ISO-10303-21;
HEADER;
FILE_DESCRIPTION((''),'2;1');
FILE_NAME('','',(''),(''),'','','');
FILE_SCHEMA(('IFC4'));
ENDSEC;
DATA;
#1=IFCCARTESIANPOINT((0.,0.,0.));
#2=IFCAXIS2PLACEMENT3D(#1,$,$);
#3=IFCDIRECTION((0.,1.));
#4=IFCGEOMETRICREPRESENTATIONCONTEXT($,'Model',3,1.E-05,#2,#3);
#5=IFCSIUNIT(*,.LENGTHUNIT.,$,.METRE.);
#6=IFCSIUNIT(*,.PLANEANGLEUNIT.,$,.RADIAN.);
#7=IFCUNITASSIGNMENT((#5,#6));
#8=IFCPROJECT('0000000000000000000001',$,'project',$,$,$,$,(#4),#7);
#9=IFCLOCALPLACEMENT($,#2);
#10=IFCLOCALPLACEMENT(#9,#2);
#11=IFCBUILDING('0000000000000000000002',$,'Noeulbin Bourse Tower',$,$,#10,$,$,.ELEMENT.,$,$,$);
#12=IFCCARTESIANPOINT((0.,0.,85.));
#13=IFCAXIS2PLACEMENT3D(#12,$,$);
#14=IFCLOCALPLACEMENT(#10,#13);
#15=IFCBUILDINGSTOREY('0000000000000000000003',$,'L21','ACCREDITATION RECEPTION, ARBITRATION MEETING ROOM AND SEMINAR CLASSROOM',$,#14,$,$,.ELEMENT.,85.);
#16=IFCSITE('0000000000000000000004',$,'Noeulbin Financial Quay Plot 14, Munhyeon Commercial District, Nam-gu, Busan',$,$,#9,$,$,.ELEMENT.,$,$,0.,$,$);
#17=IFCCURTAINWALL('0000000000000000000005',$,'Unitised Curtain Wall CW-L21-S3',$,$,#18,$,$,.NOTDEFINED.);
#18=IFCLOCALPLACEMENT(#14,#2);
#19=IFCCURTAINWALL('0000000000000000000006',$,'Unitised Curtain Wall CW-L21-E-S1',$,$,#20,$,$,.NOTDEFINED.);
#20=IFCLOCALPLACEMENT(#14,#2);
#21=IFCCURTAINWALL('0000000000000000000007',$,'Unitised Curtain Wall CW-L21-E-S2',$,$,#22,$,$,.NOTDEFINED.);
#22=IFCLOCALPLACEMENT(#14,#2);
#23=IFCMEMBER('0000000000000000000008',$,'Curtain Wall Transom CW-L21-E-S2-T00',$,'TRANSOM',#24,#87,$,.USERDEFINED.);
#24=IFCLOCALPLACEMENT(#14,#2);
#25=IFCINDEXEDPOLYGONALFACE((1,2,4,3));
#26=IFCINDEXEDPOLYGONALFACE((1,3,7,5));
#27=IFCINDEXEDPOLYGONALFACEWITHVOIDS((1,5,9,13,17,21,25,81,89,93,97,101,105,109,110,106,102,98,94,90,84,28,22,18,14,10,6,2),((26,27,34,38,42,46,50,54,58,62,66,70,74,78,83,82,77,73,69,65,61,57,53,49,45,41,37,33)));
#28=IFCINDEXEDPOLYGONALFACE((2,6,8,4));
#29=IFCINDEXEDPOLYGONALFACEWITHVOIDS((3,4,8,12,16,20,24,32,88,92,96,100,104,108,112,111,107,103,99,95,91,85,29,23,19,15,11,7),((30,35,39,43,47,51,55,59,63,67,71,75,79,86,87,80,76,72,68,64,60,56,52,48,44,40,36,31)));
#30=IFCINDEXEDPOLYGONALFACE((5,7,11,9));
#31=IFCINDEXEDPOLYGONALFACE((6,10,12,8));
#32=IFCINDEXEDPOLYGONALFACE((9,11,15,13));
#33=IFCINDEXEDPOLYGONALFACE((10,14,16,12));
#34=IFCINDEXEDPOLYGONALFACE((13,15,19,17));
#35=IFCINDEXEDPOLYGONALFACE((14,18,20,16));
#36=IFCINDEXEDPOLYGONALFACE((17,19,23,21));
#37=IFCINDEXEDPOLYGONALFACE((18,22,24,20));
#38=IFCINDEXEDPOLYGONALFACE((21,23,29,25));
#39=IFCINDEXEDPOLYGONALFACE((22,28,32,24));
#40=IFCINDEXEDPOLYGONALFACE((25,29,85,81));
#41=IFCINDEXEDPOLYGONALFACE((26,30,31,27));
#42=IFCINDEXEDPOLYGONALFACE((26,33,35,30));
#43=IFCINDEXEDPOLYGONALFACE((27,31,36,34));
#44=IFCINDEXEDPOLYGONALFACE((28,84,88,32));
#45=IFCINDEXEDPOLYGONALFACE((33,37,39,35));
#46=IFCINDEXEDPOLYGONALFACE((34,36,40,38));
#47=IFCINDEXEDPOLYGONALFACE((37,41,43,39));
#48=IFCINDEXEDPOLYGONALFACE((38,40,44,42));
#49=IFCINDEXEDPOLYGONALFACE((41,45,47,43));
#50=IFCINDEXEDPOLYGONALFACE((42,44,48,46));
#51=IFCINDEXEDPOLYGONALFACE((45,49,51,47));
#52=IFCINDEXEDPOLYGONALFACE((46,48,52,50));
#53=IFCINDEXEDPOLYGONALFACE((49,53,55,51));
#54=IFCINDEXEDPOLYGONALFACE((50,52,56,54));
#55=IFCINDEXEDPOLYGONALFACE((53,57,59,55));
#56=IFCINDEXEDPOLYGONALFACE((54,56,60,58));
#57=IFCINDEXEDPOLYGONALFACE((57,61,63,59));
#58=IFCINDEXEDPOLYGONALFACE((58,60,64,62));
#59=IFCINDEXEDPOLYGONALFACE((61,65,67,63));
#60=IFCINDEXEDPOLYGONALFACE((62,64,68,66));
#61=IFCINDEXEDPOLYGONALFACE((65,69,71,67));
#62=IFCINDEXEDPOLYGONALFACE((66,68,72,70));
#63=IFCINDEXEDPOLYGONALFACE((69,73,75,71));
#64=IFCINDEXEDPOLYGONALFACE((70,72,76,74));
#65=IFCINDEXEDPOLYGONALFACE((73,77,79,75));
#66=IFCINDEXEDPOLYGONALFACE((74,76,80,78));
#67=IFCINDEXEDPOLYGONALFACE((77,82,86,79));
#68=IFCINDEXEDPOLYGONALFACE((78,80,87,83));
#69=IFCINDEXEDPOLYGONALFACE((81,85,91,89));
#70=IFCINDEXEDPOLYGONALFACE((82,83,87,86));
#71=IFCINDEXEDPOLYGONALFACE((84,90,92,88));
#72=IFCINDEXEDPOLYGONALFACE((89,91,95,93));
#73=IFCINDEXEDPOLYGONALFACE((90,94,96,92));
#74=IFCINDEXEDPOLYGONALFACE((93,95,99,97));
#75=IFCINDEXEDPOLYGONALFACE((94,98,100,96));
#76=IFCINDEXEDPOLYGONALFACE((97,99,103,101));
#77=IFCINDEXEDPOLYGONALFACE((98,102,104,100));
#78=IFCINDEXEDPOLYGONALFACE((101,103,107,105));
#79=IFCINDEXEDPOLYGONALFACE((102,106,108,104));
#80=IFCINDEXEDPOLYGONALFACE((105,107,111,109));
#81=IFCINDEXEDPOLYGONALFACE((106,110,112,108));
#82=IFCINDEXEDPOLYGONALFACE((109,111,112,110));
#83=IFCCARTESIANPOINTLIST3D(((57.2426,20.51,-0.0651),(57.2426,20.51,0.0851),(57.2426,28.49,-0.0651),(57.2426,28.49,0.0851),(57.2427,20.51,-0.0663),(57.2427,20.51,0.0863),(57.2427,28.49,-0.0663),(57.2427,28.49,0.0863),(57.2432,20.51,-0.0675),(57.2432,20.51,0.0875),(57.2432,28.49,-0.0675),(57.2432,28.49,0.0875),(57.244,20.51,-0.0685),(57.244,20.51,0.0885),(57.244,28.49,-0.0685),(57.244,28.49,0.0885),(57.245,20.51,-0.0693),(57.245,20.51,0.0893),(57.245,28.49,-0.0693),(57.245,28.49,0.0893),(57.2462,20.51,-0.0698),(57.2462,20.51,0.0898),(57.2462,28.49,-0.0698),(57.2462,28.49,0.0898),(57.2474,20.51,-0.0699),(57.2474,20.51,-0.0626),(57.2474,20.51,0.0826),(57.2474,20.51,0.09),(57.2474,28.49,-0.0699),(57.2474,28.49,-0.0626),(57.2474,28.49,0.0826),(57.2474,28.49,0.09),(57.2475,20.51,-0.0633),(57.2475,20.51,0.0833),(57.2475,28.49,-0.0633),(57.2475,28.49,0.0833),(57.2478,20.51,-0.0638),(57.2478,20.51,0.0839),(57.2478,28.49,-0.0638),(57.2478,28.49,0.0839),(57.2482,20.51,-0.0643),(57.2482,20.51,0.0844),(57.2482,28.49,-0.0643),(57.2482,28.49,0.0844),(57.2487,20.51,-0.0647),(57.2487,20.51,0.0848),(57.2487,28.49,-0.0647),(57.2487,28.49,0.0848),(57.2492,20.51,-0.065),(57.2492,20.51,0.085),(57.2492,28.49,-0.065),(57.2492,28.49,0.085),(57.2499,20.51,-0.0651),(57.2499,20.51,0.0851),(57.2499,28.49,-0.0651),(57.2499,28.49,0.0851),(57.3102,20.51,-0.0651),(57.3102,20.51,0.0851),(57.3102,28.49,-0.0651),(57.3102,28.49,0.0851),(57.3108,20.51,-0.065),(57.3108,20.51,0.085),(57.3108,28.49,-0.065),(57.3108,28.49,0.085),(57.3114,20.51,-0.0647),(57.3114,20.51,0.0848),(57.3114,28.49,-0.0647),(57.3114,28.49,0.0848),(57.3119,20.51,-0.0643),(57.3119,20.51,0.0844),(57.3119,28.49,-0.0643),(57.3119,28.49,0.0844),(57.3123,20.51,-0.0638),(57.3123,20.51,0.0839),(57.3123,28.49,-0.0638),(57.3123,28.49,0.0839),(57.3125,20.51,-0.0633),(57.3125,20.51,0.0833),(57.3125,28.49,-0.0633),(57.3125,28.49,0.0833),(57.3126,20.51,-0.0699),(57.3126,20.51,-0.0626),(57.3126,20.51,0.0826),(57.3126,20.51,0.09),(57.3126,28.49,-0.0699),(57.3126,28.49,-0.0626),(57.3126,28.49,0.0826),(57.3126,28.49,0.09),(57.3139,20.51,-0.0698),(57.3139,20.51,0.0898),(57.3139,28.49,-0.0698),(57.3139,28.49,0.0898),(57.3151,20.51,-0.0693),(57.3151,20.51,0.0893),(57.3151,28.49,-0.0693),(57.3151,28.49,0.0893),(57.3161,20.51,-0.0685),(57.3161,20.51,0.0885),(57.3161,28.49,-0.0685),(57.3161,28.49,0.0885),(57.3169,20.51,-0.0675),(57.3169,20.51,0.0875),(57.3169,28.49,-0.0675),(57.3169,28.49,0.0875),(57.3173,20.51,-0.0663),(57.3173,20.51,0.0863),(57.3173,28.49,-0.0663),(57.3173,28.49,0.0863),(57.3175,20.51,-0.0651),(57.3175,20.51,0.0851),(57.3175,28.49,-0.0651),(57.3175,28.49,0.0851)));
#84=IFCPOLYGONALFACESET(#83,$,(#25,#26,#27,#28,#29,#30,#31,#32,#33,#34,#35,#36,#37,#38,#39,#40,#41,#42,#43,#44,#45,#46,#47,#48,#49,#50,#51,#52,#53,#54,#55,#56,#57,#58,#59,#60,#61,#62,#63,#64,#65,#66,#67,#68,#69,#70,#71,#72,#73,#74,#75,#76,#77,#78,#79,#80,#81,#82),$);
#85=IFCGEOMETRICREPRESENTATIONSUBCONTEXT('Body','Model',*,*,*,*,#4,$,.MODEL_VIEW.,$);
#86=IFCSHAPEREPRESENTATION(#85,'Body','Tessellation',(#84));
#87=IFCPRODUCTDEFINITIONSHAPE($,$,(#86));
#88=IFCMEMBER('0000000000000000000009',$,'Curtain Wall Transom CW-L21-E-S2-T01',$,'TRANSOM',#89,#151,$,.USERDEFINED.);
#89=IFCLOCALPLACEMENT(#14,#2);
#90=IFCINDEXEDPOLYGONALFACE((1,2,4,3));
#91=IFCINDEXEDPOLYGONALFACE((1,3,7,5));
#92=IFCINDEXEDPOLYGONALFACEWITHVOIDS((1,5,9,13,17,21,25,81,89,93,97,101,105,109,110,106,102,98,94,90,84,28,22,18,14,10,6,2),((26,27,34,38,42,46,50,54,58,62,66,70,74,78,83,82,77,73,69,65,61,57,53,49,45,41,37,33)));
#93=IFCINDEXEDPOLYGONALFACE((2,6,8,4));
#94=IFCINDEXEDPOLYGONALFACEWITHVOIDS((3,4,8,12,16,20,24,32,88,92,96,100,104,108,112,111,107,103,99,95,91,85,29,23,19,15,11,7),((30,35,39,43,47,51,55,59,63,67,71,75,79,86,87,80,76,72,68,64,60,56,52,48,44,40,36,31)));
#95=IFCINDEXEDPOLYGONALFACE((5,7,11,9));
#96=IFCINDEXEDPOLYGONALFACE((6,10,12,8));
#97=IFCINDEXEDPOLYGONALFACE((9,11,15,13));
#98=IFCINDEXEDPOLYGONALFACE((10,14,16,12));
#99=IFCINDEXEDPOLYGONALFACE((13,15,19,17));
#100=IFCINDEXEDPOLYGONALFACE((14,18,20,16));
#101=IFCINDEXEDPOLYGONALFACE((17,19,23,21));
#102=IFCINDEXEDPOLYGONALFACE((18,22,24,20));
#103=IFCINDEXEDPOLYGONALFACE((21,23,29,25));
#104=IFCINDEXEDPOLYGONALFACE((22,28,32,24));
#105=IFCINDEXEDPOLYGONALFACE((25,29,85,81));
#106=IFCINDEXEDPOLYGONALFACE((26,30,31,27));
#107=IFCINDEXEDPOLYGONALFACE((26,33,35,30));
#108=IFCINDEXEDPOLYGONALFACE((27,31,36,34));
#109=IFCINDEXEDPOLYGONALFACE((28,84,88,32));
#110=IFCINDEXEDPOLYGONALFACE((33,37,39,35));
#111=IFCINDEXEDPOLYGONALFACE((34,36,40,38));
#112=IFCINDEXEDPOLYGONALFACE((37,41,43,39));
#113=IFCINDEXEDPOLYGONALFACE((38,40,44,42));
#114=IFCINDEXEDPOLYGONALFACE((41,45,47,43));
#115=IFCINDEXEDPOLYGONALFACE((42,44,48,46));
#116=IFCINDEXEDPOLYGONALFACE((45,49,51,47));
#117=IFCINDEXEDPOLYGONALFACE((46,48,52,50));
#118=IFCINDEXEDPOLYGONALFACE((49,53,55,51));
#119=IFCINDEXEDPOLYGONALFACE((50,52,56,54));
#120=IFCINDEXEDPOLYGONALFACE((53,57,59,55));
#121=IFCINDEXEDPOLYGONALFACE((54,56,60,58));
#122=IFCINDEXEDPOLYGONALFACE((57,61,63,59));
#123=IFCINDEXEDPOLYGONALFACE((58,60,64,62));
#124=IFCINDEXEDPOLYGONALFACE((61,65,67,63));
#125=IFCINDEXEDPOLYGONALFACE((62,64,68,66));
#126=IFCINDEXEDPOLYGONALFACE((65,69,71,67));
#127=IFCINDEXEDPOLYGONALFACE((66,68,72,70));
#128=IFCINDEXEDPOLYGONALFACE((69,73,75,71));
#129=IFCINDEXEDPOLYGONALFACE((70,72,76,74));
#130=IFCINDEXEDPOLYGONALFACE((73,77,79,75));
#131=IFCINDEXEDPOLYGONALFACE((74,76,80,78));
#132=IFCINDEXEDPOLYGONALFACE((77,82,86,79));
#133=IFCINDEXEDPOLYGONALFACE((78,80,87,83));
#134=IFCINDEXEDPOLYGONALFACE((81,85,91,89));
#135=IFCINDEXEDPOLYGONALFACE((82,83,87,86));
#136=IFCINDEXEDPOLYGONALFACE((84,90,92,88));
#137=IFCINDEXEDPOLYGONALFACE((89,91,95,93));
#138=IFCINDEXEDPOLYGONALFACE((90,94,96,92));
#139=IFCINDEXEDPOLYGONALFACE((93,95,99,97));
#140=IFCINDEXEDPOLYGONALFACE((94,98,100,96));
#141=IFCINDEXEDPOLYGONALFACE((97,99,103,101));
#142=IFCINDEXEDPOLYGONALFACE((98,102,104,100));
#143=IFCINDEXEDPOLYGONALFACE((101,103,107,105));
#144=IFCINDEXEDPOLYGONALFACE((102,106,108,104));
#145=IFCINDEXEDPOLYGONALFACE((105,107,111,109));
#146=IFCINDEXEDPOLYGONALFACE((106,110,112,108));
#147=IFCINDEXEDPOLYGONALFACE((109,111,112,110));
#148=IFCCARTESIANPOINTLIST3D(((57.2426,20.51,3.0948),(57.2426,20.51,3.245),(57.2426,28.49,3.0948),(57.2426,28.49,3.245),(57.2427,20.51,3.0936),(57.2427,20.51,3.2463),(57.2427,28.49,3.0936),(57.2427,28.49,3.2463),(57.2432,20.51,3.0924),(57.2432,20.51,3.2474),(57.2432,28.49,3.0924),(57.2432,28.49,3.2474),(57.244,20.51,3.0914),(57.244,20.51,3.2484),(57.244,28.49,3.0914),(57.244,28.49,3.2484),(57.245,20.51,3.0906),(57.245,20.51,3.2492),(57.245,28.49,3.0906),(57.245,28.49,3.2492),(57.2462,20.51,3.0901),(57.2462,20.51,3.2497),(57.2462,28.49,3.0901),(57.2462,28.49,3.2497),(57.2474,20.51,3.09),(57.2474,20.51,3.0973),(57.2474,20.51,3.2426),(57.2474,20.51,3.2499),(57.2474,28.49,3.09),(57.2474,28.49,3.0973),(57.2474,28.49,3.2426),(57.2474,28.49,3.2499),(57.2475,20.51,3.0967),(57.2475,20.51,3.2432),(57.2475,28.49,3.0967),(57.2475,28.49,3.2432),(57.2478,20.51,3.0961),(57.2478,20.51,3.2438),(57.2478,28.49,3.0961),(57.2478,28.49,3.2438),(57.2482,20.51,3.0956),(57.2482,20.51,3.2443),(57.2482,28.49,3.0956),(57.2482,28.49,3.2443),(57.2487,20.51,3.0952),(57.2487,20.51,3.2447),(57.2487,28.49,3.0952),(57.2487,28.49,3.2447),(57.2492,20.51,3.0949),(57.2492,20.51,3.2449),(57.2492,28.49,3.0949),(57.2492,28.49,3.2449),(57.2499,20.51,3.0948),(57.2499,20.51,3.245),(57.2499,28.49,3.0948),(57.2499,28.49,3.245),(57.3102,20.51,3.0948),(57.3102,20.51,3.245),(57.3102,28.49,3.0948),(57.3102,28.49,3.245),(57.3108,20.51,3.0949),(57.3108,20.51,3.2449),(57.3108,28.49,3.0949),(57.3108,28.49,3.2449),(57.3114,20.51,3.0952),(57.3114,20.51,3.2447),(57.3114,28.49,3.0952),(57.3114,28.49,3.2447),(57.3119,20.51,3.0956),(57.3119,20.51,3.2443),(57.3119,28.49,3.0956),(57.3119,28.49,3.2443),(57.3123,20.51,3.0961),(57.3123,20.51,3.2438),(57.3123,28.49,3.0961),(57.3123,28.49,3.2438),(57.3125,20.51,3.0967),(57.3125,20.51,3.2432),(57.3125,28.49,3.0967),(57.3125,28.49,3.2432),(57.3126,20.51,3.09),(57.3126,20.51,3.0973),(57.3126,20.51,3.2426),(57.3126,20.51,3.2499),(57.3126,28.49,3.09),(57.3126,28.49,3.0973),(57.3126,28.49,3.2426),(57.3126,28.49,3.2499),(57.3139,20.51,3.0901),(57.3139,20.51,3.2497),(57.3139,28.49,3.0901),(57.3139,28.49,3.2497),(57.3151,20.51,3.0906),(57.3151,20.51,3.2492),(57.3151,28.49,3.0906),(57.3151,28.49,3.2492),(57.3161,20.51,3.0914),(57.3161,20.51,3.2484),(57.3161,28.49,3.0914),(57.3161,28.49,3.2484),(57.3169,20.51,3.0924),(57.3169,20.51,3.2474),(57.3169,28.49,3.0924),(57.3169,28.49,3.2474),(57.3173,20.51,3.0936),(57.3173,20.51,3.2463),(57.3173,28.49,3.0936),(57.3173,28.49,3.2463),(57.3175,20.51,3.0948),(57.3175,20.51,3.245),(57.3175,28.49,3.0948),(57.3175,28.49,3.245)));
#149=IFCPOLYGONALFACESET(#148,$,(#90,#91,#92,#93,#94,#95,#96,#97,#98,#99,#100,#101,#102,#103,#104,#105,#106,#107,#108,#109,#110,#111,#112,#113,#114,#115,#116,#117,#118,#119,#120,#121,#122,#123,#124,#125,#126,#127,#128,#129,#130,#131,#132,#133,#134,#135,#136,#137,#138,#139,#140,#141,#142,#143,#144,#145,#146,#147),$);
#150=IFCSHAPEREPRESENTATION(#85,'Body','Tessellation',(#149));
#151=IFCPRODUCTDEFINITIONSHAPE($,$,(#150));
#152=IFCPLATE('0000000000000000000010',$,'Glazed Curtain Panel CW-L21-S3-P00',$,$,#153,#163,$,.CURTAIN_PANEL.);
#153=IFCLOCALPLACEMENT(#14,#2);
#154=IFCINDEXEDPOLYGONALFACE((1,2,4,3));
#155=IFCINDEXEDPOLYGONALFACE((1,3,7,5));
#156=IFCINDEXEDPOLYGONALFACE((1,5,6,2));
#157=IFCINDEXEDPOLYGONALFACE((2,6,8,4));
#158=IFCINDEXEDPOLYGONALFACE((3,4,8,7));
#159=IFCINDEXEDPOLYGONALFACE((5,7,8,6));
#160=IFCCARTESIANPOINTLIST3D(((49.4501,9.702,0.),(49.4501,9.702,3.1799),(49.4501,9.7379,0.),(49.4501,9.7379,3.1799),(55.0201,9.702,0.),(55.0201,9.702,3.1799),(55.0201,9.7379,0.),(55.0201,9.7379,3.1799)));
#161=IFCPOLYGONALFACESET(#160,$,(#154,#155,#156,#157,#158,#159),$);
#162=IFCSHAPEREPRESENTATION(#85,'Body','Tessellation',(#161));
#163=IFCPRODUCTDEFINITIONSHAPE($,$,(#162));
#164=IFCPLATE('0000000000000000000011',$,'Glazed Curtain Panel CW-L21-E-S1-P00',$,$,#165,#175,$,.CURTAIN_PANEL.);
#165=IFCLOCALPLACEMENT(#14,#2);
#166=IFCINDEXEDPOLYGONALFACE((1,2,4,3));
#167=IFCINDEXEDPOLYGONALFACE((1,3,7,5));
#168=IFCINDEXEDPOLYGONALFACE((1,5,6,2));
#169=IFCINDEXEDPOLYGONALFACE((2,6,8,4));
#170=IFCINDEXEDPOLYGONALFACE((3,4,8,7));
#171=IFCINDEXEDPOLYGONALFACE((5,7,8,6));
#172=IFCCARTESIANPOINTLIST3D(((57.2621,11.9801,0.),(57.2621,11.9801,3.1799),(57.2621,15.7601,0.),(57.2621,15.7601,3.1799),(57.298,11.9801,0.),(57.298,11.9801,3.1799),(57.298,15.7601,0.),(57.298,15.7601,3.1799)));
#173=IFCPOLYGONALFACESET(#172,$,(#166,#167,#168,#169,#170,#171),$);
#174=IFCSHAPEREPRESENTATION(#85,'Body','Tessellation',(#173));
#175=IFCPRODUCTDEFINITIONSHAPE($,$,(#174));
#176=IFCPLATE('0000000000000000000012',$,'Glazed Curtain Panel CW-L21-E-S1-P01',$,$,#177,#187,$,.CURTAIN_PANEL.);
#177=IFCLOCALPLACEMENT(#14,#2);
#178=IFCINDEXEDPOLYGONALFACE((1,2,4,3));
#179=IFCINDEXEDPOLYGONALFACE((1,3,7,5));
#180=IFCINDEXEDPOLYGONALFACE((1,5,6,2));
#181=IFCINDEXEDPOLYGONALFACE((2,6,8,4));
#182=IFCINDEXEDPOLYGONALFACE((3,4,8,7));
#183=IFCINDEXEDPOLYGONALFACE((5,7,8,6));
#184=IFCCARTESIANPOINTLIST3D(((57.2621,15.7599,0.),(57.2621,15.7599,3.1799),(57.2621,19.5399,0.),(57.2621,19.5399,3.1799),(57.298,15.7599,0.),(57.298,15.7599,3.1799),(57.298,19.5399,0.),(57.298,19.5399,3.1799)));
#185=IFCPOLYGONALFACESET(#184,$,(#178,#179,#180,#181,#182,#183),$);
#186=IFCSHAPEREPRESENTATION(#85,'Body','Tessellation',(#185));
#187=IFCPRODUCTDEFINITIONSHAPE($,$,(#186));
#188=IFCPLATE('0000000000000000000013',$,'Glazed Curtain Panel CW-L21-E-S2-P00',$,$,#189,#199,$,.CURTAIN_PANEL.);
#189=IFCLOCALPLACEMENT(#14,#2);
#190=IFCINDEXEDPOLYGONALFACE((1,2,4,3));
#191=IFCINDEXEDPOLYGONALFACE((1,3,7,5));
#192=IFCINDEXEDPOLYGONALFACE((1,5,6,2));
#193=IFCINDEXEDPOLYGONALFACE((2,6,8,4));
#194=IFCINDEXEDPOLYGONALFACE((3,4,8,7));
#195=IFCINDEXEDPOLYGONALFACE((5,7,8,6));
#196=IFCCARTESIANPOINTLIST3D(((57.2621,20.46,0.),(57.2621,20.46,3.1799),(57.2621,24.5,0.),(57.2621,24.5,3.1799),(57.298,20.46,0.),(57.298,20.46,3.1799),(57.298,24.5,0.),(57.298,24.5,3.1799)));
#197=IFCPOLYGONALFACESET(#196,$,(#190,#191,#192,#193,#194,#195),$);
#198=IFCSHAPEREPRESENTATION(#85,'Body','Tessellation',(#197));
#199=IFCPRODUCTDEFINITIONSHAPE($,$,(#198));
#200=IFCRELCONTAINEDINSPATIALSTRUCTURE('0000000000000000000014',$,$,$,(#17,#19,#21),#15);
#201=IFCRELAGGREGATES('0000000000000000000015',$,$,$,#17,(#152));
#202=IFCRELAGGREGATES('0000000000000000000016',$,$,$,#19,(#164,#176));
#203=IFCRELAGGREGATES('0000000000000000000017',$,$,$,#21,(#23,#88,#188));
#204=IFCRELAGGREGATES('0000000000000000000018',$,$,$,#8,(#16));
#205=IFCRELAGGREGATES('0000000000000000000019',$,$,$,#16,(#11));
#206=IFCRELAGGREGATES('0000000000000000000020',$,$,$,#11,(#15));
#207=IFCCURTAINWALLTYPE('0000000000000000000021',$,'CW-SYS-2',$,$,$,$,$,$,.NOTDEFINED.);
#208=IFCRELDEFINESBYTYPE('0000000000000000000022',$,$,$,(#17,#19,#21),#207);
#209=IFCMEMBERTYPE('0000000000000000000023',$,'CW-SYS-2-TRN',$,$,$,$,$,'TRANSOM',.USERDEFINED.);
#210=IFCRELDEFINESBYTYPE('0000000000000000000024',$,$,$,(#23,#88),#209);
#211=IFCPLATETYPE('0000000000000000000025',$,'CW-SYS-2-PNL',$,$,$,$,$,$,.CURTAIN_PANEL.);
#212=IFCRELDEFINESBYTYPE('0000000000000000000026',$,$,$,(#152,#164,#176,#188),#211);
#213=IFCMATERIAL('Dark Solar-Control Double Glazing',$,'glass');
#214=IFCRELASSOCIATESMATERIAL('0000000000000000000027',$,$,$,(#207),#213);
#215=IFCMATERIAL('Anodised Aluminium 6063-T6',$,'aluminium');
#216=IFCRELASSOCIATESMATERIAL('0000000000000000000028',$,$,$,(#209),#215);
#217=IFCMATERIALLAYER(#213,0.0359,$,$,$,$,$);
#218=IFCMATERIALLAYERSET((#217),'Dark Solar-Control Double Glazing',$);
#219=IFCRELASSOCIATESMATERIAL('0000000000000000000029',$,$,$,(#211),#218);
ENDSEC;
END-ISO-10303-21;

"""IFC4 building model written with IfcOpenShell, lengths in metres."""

from ifc_helpers import new_model, si_unit, direction, frame, origin, origin_2d, place, context, subcontext, project, spatial, rectangle, hollow_rectangle, extrude, material, layer, layer_set, material_profile, profile_set, type_object, element, aggregate, save


model = new_model("IFC4")

# Units and contexts
model_context = context("Model", 3, precision=1e-05, world=origin(), true_north=direction((0.0, 1.0)))
body_context = subcontext(model_context, "Body", "Model", "MODEL_VIEW")
ifc_project = project(units=[si_unit("LENGTHUNIT", "METRE"), si_unit("PLANEANGLEUNIT", "RADIAN")], contexts=[model_context])

# Site, building, storey
site_placement = place(None, origin())
site = spatial("IfcSite", under=ifc_project, at=site_placement, Name="Noeulbin Financial Quay Plot 14, Munhyeon Commercial District, Nam-gu, Busan", CompositionType="ELEMENT", RefElevation=0.0)
building_placement = place(site_placement, origin())
building = spatial("IfcBuilding", under=site, at=building_placement, Name="Noeulbin Bourse Tower", CompositionType="ELEMENT")
storey_placement = place(building_placement, frame((0.0, 0.0, 85.0)))
storey = spatial("IfcBuildingStorey", under=building, at=storey_placement, Name="L21", Description="ACCREDITATION RECEPTION, ARBITRATION MEETING ROOM AND SEMINAR CLASSROOM", CompositionType="ELEMENT", Elevation=85.0)

# Shared definitions
ifc_material_1 = material(Name="Dark Solar-Control Double Glazing", Category="glass")
curtain_wall_type = type_object("IfcCurtainWallType", Name="CW-SYS-2", PredefinedType="NOTDEFINED", material=ifc_material_1)
ifc_material_2 = material(Name="Anodised Aluminium 6063-T6", Category="aluminium")

# Curtain walls
curtain_wall_1_placement = place(storey_placement, origin())
curtain_wall_1 = element("IfcCurtainWall", 1, at=curtain_wall_1_placement, inside=storey, type_object=curtain_wall_type, Name="Unitised Curtain Wall CW-L21-S3", PredefinedType="NOTDEFINED")
curtain_wall_2_placement = place(storey_placement, origin())
curtain_wall_2 = element("IfcCurtainWall", 2, at=curtain_wall_2_placement, inside=storey, type_object=curtain_wall_type, Name="Unitised Curtain Wall CW-L21-E-S1", PredefinedType="NOTDEFINED")

# Curtain wall
curtain_wall_3_placement = place(storey_placement, origin())
curtain_wall_3 = element("IfcCurtainWall", 3, at=curtain_wall_3_placement, inside=storey, type_object=curtain_wall_type, Name="Unitised Curtain Wall CW-L21-E-S2", PredefinedType="NOTDEFINED")

# Members
ifc_material_profile_1 = material_profile(ifc_material_2, hollow_rectangle(XDim=0.075, YDim=0.1599, WallThickness=0.0049, InnerFilletRadius=0.0024, OuterFilletRadius=0.0049, at=origin_2d()), Name="ALU-TRAN-75x160x5", Category="LoadBearing")
ifc_profile_set_1 = profile_set([ifc_material_profile_1], Name="Anodised Aluminium 6063-T6")
member_type_1 = type_object("IfcMemberType", Name="CW-SYS-2-TRN", ElementType="TRANSOM", PredefinedType="USERDEFINED", material=ifc_profile_set_1)
member_1_placement = place(storey_placement, frame((57.28, 20.51, 0.01), z_axis=(0.0, 1.0, 0.0), x_axis=(-1.0, 0.0, 0.0)))
member_1 = element("IfcMember", 4, at=member_1_placement, type_object=member_type_1, Name="Curtain Wall Transom CW-L21-E-S2-T00", ObjectType="TRANSOM", PredefinedType="USERDEFINED", context=body_context, shape_type="SweptSolid", body=[
    extrude(hollow_rectangle(XDim=0.075, YDim=0.1599, WallThickness=0.0049, InnerFilletRadius=0.0024, OuterFilletRadius=0.0049, at=origin_2d()), origin(), (0.0, 0.0, 1.0), 7.98),
])
member_2_placement = place(storey_placement, frame((57.28, 20.51, 3.1699), z_axis=(0.0, 1.0, 0.0), x_axis=(-1.0, 0.0, 0.0)))
member_2 = element("IfcMember", 5, at=member_2_placement, type_object=member_type_1, Name="Curtain Wall Transom CW-L21-E-S2-T01", ObjectType="TRANSOM", PredefinedType="USERDEFINED", context=body_context, shape_type="SweptSolid", body=[
    extrude(hollow_rectangle(XDim=0.075, YDim=0.1599, WallThickness=0.0049, InnerFilletRadius=0.0024, OuterFilletRadius=0.0049, at=origin_2d()), origin(), (0.0, 0.0, 1.0), 7.98),
])

# Plates
ifc_layer_1 = layer(ifc_material_1, 0.0359)
ifc_layer_set_1 = layer_set([ifc_layer_1], Name="Dark Solar-Control Double Glazing")
plate_type_1 = type_object("IfcPlateType", Name="CW-SYS-2-PNL", PredefinedType="CURTAIN_PANEL", material=ifc_layer_set_1)
plate_1_placement = place(storey_placement, frame((52.2351, 9.72, 0.0), z_axis=(0.0, 0.0, 1.0), x_axis=(1.0, 0.0, 0.0)))
plate_1 = element("IfcPlate", 6, at=plate_1_placement, type_object=plate_type_1, Name="Glazed Curtain Panel CW-L21-S3-P00", PredefinedType="CURTAIN_PANEL", context=body_context, shape_type="SweptSolid", body=[
    extrude(rectangle(XDim=5.5701, YDim=0.0359, at=origin_2d()), origin(), (0.0, 0.0, 1.0), 3.1799),
])
aggregate(curtain_wall_1, [plate_1])
plate_2_placement = place(storey_placement, frame((57.28, 13.8701, 0.0), z_axis=(0.0, 0.0, 1.0), x_axis=(0.0, 1.0, 0.0)))
plate_2 = element("IfcPlate", 7, at=plate_2_placement, type_object=plate_type_1, Name="Glazed Curtain Panel CW-L21-E-S1-P00", PredefinedType="CURTAIN_PANEL", context=body_context, shape_type="SweptSolid", body=[
    extrude(rectangle(XDim=3.78, YDim=0.0359, at=origin_2d()), origin(), (0.0, 0.0, 1.0), 3.1799),
])
plate_3_placement = place(storey_placement, frame((57.28, 17.6499, 0.0), z_axis=(0.0, 0.0, 1.0), x_axis=(0.0, 1.0, 0.0)))
plate_3 = element("IfcPlate", 8, at=plate_3_placement, type_object=plate_type_1, Name="Glazed Curtain Panel CW-L21-E-S1-P01", PredefinedType="CURTAIN_PANEL", context=body_context, shape_type="SweptSolid", body=[
    extrude(rectangle(XDim=3.78, YDim=0.0359, at=origin_2d()), origin(), (0.0, 0.0, 1.0), 3.1799),
])
aggregate(curtain_wall_2, [plate_2, plate_3])
plate_4_placement = place(storey_placement, frame((57.28, 22.48, 0.0), z_axis=(0.0, 0.0, 1.0), x_axis=(0.0, 1.0, 0.0)))
plate_4 = element("IfcPlate", 9, at=plate_4_placement, type_object=plate_type_1, Name="Glazed Curtain Panel CW-L21-E-S2-P00", PredefinedType="CURTAIN_PANEL", context=body_context, shape_type="SweptSolid", body=[
    extrude(rectangle(XDim=4.04, YDim=0.0359, at=origin_2d()), origin(), (0.0, 0.0, 1.0), 3.1799),
])
aggregate(curtain_wall_3, [member_1, member_2, plate_4])

save(model, "model.ifc")
